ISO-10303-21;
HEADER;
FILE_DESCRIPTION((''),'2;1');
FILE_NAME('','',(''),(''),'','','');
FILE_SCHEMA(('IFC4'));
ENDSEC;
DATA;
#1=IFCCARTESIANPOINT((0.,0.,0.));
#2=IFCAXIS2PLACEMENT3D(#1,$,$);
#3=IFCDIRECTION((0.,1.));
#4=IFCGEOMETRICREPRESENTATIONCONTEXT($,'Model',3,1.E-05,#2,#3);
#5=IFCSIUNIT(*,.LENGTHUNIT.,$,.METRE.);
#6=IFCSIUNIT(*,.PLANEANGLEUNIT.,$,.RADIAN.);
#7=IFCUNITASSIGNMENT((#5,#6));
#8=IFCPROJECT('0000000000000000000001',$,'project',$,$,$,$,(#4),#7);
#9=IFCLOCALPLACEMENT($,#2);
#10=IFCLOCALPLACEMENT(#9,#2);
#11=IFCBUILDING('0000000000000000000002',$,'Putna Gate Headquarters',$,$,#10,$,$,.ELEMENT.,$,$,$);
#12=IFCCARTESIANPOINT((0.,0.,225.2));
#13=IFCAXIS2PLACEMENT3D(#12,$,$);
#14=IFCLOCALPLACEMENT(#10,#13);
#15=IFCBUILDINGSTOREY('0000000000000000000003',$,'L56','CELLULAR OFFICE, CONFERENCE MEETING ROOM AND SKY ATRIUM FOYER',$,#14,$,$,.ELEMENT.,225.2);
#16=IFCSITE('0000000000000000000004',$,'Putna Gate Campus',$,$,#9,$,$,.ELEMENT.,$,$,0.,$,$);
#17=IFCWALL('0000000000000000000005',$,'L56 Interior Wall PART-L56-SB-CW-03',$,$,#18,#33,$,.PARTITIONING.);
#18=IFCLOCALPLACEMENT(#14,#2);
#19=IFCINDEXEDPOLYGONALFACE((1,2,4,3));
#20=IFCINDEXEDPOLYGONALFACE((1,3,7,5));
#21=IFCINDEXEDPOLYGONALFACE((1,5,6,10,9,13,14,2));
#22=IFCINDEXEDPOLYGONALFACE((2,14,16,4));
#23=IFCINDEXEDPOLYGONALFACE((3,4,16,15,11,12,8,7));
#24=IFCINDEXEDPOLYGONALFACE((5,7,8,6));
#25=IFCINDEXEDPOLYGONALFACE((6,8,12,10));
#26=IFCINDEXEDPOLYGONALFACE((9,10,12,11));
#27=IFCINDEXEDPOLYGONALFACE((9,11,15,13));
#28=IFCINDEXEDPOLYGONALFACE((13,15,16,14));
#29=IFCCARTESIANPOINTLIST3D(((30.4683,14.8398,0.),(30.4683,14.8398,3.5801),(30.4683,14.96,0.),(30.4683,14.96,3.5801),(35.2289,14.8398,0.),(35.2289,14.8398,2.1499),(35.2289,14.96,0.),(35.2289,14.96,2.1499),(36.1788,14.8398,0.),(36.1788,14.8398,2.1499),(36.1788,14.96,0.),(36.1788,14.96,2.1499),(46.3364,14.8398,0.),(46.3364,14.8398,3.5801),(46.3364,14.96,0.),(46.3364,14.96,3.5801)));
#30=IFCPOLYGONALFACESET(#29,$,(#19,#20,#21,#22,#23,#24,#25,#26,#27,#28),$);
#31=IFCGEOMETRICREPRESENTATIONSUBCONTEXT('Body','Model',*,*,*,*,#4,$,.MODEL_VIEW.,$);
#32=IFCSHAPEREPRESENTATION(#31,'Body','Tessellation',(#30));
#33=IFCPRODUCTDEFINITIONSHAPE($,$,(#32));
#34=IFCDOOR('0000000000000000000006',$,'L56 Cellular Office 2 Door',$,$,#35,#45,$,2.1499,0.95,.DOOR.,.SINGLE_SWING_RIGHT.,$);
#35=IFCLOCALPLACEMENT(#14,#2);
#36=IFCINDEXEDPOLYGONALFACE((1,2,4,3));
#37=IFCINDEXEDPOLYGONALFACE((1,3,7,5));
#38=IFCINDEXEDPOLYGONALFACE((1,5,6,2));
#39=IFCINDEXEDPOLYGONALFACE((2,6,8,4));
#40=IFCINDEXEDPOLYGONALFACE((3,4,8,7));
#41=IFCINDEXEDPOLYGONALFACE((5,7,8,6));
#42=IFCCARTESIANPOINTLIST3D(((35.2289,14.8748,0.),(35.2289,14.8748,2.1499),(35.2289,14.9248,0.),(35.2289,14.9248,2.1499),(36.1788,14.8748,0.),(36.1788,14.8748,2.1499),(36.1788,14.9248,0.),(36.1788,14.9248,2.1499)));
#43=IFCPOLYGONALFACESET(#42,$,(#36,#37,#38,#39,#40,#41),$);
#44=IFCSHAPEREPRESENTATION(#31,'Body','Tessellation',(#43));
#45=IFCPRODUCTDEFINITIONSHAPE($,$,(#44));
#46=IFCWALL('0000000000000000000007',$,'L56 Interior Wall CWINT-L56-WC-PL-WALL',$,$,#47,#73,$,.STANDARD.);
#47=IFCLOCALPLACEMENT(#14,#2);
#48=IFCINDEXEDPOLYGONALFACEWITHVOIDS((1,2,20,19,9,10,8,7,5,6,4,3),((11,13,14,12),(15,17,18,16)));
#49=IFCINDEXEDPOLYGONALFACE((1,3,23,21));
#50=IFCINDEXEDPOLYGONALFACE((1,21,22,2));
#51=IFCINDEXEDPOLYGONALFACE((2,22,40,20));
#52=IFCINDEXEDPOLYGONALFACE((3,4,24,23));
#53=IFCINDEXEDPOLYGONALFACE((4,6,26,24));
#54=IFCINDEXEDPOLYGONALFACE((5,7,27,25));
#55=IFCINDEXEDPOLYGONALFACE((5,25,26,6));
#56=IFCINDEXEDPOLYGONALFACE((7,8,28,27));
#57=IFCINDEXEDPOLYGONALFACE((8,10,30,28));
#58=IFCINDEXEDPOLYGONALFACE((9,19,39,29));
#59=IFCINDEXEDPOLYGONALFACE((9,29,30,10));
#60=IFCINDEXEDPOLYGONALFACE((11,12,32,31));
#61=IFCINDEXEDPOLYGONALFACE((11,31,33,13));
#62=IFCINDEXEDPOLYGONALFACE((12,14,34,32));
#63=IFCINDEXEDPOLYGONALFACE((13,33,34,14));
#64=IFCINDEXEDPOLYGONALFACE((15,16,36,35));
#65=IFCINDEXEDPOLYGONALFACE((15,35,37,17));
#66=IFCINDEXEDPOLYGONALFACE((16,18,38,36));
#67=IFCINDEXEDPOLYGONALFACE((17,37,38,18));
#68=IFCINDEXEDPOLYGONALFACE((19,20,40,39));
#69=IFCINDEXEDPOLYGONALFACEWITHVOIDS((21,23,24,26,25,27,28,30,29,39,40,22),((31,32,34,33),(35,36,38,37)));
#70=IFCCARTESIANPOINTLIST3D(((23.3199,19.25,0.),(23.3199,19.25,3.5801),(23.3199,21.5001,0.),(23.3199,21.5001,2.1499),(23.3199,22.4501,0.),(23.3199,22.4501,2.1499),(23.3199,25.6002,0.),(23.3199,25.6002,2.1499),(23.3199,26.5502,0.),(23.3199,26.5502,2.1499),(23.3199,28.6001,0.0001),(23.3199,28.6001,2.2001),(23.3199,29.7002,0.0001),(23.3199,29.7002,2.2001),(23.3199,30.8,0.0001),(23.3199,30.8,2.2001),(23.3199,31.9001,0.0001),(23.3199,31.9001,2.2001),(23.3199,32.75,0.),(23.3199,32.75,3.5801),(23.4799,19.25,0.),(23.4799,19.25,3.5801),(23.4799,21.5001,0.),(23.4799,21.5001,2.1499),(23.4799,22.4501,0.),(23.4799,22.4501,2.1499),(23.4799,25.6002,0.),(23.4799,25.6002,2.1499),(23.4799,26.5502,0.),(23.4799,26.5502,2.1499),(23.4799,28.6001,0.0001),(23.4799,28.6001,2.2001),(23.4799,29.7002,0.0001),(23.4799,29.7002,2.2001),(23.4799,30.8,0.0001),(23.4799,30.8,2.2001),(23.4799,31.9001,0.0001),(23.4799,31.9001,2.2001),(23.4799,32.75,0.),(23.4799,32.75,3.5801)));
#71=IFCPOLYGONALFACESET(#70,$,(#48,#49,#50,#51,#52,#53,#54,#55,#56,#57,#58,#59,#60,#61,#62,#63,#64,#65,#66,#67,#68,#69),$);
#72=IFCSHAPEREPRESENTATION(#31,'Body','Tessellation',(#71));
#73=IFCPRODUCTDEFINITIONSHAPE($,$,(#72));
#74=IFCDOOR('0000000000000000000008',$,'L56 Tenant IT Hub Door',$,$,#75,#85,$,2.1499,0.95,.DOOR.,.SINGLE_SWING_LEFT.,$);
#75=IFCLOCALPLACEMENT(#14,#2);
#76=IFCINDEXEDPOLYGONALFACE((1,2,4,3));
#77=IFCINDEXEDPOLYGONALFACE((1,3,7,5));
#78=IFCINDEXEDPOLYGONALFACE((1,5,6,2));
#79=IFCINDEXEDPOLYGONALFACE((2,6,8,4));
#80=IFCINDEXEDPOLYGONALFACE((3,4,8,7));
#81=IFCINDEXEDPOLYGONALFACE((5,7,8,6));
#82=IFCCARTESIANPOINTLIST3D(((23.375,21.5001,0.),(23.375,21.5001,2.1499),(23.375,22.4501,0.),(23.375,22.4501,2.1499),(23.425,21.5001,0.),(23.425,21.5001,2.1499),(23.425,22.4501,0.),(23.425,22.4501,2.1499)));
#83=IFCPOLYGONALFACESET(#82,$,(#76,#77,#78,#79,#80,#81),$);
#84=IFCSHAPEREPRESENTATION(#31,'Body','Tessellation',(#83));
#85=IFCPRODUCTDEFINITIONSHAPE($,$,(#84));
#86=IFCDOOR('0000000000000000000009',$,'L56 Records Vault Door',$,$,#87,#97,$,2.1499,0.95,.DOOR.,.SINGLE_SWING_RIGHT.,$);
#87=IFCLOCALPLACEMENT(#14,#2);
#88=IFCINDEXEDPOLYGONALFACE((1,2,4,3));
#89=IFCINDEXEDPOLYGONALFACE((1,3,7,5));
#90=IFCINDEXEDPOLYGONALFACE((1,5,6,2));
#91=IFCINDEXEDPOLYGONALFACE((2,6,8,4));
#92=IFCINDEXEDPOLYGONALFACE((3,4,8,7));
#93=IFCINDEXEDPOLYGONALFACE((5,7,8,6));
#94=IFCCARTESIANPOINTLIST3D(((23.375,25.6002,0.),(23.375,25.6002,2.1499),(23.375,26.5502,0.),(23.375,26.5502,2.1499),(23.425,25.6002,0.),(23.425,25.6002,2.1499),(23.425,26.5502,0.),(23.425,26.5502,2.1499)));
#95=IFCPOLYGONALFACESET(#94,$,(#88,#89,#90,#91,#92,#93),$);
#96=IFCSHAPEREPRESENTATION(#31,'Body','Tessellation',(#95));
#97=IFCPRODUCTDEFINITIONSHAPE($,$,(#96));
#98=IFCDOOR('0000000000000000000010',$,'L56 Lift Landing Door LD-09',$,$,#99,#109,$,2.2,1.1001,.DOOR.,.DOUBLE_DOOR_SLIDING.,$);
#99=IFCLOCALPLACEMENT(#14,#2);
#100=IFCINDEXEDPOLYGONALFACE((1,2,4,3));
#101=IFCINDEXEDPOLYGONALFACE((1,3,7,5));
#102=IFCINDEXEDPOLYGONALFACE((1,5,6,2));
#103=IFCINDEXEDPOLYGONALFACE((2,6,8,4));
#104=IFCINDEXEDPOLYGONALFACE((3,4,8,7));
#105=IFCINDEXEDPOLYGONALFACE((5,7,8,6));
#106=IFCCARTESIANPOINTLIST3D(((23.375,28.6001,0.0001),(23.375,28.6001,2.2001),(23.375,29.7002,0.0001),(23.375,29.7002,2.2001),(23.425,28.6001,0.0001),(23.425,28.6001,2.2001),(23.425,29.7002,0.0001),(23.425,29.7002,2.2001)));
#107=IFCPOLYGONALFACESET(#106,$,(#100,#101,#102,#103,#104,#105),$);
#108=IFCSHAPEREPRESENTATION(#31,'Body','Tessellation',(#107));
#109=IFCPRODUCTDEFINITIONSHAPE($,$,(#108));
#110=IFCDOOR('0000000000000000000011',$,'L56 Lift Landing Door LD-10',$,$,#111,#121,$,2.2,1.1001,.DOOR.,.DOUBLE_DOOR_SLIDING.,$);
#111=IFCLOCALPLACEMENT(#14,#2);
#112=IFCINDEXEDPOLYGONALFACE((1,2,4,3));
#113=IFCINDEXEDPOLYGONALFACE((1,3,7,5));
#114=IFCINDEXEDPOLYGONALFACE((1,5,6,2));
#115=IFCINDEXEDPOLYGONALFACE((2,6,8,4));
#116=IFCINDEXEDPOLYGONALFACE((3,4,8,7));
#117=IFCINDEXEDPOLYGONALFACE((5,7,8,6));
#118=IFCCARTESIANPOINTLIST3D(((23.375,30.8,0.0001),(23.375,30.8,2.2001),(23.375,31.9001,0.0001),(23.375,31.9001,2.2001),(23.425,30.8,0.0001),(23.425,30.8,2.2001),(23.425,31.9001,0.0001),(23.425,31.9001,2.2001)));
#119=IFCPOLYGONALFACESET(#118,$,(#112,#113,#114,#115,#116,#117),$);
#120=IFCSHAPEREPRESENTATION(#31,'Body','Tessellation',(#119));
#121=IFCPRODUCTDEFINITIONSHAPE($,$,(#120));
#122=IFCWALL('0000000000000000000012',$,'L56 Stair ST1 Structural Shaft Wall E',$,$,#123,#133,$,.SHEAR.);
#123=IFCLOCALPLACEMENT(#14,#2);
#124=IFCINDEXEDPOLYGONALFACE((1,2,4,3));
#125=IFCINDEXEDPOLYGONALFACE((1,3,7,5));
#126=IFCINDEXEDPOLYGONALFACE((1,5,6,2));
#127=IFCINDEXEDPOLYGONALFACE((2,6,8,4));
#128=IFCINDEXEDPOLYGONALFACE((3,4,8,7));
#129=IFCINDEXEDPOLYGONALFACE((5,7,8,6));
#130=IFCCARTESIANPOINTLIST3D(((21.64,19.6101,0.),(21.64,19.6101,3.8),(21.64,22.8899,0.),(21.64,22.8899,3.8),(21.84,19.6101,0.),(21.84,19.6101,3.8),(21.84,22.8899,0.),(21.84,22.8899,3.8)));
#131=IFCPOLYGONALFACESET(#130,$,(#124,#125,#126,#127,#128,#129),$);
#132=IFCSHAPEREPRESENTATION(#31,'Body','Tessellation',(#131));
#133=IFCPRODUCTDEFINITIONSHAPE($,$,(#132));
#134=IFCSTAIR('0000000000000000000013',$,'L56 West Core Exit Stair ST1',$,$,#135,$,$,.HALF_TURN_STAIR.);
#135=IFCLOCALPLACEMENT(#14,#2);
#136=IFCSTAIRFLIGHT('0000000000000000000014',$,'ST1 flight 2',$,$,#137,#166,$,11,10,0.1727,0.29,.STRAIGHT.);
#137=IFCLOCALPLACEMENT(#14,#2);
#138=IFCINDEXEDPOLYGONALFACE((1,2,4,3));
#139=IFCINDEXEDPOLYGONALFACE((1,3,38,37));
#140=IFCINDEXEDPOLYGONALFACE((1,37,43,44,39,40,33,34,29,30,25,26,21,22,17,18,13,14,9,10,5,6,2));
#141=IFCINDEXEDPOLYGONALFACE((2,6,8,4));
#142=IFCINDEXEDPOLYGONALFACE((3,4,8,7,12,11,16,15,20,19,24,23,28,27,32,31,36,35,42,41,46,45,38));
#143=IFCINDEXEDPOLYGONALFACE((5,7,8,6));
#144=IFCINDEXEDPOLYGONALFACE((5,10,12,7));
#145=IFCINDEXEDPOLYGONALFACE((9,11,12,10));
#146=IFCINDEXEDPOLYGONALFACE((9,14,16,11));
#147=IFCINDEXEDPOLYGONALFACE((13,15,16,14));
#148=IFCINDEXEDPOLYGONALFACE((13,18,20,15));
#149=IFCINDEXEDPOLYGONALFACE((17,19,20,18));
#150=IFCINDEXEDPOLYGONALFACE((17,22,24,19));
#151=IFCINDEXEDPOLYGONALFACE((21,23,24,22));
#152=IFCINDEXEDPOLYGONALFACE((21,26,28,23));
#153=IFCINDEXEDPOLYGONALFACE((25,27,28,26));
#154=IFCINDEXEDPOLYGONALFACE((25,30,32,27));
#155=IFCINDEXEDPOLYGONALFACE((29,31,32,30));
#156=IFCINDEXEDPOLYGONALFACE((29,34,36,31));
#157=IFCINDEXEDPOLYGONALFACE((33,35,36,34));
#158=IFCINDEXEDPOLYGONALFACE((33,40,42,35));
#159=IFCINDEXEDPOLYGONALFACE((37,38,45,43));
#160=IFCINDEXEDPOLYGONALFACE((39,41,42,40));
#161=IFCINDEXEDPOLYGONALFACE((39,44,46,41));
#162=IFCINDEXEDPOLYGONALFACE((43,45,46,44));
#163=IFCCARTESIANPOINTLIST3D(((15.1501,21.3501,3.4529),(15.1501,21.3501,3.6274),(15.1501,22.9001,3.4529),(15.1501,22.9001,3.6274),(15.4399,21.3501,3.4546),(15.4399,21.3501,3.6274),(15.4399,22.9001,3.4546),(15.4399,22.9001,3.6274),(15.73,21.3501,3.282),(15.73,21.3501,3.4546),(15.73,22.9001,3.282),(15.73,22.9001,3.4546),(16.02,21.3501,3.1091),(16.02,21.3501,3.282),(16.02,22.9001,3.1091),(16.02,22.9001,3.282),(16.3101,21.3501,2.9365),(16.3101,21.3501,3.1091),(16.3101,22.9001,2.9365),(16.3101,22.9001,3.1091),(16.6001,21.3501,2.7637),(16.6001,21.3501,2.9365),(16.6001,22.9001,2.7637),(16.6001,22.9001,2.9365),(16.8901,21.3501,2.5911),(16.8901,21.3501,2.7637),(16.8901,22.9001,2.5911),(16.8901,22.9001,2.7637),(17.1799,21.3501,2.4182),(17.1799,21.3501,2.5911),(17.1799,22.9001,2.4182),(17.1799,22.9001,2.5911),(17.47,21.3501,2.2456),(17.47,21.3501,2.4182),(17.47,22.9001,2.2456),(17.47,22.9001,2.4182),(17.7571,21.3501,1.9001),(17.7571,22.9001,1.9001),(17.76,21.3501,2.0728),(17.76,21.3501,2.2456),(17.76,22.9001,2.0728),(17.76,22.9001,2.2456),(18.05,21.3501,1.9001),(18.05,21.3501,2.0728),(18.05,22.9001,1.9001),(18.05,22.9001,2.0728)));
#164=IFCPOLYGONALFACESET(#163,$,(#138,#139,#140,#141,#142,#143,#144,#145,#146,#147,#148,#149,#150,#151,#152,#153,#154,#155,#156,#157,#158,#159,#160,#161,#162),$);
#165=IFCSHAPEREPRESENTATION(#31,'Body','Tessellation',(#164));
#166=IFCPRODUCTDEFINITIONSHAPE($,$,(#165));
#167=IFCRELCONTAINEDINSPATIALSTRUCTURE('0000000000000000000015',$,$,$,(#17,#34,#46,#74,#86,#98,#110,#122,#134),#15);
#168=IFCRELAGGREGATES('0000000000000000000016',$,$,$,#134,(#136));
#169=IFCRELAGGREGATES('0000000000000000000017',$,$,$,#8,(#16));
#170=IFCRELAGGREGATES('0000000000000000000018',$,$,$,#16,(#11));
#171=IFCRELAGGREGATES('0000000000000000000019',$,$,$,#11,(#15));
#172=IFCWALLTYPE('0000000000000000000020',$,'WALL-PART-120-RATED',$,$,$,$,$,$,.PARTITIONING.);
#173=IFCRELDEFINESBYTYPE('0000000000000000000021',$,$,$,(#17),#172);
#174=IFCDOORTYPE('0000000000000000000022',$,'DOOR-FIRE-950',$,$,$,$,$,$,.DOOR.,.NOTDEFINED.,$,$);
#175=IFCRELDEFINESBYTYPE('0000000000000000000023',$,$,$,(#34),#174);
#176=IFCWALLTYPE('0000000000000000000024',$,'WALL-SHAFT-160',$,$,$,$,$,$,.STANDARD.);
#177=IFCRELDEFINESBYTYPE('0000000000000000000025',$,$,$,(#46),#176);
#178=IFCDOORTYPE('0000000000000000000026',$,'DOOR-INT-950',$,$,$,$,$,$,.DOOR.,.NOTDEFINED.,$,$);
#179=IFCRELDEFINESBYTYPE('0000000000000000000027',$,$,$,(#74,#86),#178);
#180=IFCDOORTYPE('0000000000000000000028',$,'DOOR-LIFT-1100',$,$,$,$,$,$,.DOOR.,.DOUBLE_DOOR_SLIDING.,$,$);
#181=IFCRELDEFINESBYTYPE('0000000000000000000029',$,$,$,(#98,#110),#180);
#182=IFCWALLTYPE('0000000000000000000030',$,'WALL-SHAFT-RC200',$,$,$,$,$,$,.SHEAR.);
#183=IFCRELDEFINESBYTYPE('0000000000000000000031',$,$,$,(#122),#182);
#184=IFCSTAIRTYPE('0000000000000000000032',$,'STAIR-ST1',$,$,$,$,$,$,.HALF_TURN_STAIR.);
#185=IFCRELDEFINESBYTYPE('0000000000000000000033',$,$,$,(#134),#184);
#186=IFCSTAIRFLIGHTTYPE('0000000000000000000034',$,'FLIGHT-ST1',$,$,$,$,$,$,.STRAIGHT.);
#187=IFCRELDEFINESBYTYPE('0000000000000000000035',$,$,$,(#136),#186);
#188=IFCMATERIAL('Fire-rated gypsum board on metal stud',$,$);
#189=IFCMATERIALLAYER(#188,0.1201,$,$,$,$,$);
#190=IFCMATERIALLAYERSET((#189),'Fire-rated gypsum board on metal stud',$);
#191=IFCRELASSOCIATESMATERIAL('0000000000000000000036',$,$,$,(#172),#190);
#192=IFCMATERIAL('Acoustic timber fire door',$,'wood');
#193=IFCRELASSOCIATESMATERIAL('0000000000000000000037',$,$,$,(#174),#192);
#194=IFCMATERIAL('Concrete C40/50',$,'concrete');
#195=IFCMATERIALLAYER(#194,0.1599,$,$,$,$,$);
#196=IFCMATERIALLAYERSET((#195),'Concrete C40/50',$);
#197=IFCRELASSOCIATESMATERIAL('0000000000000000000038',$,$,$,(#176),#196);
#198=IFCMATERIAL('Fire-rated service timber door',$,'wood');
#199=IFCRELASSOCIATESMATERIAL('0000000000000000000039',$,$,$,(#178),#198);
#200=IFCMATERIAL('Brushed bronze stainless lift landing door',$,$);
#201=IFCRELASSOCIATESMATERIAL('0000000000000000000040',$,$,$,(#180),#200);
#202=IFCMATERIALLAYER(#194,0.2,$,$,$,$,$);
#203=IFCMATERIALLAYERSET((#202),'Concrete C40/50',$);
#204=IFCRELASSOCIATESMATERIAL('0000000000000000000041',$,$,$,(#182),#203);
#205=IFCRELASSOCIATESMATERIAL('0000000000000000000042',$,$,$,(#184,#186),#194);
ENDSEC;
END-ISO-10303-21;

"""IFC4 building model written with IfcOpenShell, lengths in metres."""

from ifc_helpers import new_model, si_unit, direction, frame, frame_2d, origin, place, context, subcontext, project, spatial, polyline, rectangle, outline, extrude, material, layer, layer_set, type_object, element, fill, aggregate, save


model = new_model("IFC4")

# Units and contexts
model_context = context("Model", 3, precision=1e-05, world=origin(), true_north=direction((0.0, 1.0)))
body_context = subcontext(model_context, "Body", "Model", "MODEL_VIEW")
ifc_project = project(units=[si_unit("LENGTHUNIT", "METRE"), si_unit("PLANEANGLEUNIT", "RADIAN")], contexts=[model_context])

# Site, building, storey
site_placement = place(None, origin())
site = spatial("IfcSite", under=ifc_project, at=site_placement, Name="Putna Gate Campus", CompositionType="ELEMENT", RefElevation=0.0)
building_placement = place(site_placement, origin())
building = spatial("IfcBuilding", under=site, at=building_placement, Name="Putna Gate Headquarters", CompositionType="ELEMENT")
storey_placement = place(building_placement, frame((0.0, 0.0, 225.2)))
storey = spatial("IfcBuildingStorey", under=building, at=storey_placement, Name="L56", Description="CELLULAR OFFICE, CONFERENCE MEETING ROOM AND SKY ATRIUM FOYER", CompositionType="ELEMENT", Elevation=225.2)

# Wall, opening, door
ifc_material_1 = material(Name="Fire-rated gypsum board on metal stud")
ifc_layer_1 = layer(ifc_material_1, 0.1201)
ifc_layer_set_1 = layer_set([ifc_layer_1], Name="Fire-rated gypsum board on metal stud")
wall_type_1 = type_object("IfcWallType", Name="WALL-PART-120-RATED", PredefinedType="PARTITIONING", material=ifc_layer_set_1)
ifc_material_2 = material(Name="Acoustic timber fire door", Category="wood")
door_type_1 = type_object("IfcDoorType", Name="DOOR-FIRE-950", OperationType="NOTDEFINED", PredefinedType="DOOR", material=ifc_material_2)
wall_1_placement = place(storey_placement, frame((30.4683, 14.8999, 0.0), z_axis=(0.0, 0.0, 1.0), x_axis=(1.0, 0.0, 0.0)))
wall_1 = element("IfcWall", 1, at=wall_1_placement, inside=storey, type_object=wall_type_1, Name="L56 Interior Wall PART-L56-SB-CW-03", PredefinedType="PARTITIONING", context=body_context, shape_type="SweptSolid", body=[
    extrude(rectangle(XDim=15.8682, YDim=0.1201, at=frame_2d((7.9341, 0.0))), origin(), (0.0, 0.0, 1.0), 3.5801),
])
opening_1_placement = place(wall_1_placement, frame((4.7605, 0.0, 0.0)))
opening_1 = element("IfcOpeningElement", 2, at=opening_1_placement, cuts=wall_1, PredefinedType="OPENING", context=body_context, shape_type="SweptSolid", body=[
    extrude(rectangle(XDim=0.95, YDim=2.1499, at=frame_2d((0.4751, 1.075))), frame((0.0, 0.0701, 0.0), z_axis=(0.0, -1.0, 0.0), x_axis=(1.0, 0.0, 0.0)), (0.0, 0.0, 1.0), 0.1401),
])
door_1_placement = place(opening_1_placement, origin())
door_1 = element("IfcDoor", 3, at=door_1_placement, inside=storey, type_object=door_type_1, Name="L56 Cellular Office 2 Door", OperationType="SINGLE_SWING_RIGHT", OverallHeight=2.1499, OverallWidth=0.95, PredefinedType="DOOR", context=body_context, shape_type="SweptSolid", body=[
    extrude(rectangle(XDim=0.95, YDim=2.1499, at=frame_2d((0.4751, 1.075))), frame((0.0, 0.0249, 0.0), z_axis=(0.0, -1.0, 0.0), x_axis=(1.0, 0.0, 0.0)), (0.0, 0.0, 1.0), 0.05),
])
fill(opening_1, door_1)

# Wall, openings, doors
ifc_material_3 = material(Name="Concrete C40/50", Category="concrete")
ifc_layer_2 = layer(ifc_material_3, 0.1599)
ifc_layer_set_2 = layer_set([ifc_layer_2], Name="Concrete C40/50")
wall_type_2 = type_object("IfcWallType", Name="WALL-SHAFT-160", PredefinedType="STANDARD", material=ifc_layer_set_2)
wall_2_placement = place(storey_placement, frame((23.3999, 19.25, 0.0), z_axis=(0.0, 0.0, 1.0), x_axis=(0.0, 1.0, 0.0)))
wall_2 = element("IfcWall", 4, at=wall_2_placement, inside=storey, type_object=wall_type_2, Name="L56 Interior Wall CWINT-L56-WC-PL-WALL", PredefinedType="STANDARD", context=body_context, shape_type="SweptSolid", body=[
    extrude(rectangle(XDim=13.5, YDim=0.1599, at=frame_2d((6.75, 0.0))), origin(), (0.0, 0.0, 1.0), 3.5801),
])
opening_2_placement = place(wall_2_placement, frame((2.25, 0.0, 0.0)))
opening_2 = element("IfcOpeningElement", 5, at=opening_2_placement, cuts=wall_2, PredefinedType="OPENING", context=body_context, shape_type="SweptSolid", body=[
    extrude(rectangle(XDim=0.95, YDim=2.1499, at=frame_2d((0.4751, 1.075))), frame((0.0, 0.0898, 0.0), z_axis=(0.0, -1.0, 0.0), x_axis=(1.0, 0.0, 0.0)), (0.0, 0.0, 1.0), 0.1799),
])
opening_3_placement = place(wall_2_placement, frame((6.3501, 0.0, 0.0)))
opening_3 = element("IfcOpeningElement", 6, at=opening_3_placement, cuts=wall_2, PredefinedType="OPENING", context=body_context, shape_type="SweptSolid", body=[
    extrude(rectangle(XDim=0.95, YDim=2.1499, at=frame_2d((0.4751, 1.075))), frame((0.0, 0.0898, 0.0), z_axis=(0.0, -1.0, 0.0), x_axis=(1.0, 0.0, 0.0)), (0.0, 0.0, 1.0), 0.1799),
])
opening_4_placement = place(wall_2_placement, frame((9.3501, 0.0, 0.0)))
opening_4 = element("IfcOpeningElement", 7, at=opening_4_placement, cuts=wall_2, PredefinedType="OPENING", context=body_context, shape_type="SweptSolid", body=[
    extrude(rectangle(XDim=1.1001, YDim=2.2, at=frame_2d((0.55, 1.1001))), frame((0.0, 0.0898, 0.0), z_axis=(0.0, -1.0, 0.0), x_axis=(1.0, 0.0, 0.0)), (0.0, 0.0, 1.0), 0.1799),
])
opening_5_placement = place(wall_2_placement, frame((11.55, 0.0, 0.0)))
opening_5 = element("IfcOpeningElement", 8, at=opening_5_placement, cuts=wall_2, PredefinedType="OPENING", context=body_context, shape_type="SweptSolid", body=[
    extrude(rectangle(XDim=1.1001, YDim=2.2, at=frame_2d((0.55, 1.1001))), frame((0.0, 0.0898, 0.0), z_axis=(0.0, -1.0, 0.0), x_axis=(1.0, 0.0, 0.0)), (0.0, 0.0, 1.0), 0.1799),
])
ifc_material_4 = material(Name="Fire-rated service timber door", Category="wood")
door_type_2 = type_object("IfcDoorType", Name="DOOR-INT-950", OperationType="NOTDEFINED", PredefinedType="DOOR", material=ifc_material_4)
door_2_placement = place(opening_2_placement, origin())
door_2 = element("IfcDoor", 9, at=door_2_placement, inside=storey, type_object=door_type_2, Name="L56 Tenant IT Hub Door", OperationType="SINGLE_SWING_LEFT", OverallHeight=2.1499, OverallWidth=0.95, PredefinedType="DOOR", context=body_context, shape_type="SweptSolid", body=[
    extrude(rectangle(XDim=0.95, YDim=2.1499, at=frame_2d((0.4751, 1.075))), frame((0.0, 0.0249, 0.0), z_axis=(0.0, -1.0, 0.0), x_axis=(1.0, 0.0, 0.0)), (0.0, 0.0, 1.0), 0.05),
])
fill(opening_2, door_2)
door_3_placement = place(opening_3_placement, origin())
door_3 = element("IfcDoor", 10, at=door_3_placement, inside=storey, type_object=door_type_2, Name="L56 Records Vault Door", OperationType="SINGLE_SWING_RIGHT", OverallHeight=2.1499, OverallWidth=0.95, PredefinedType="DOOR", context=body_context, shape_type="SweptSolid", body=[
    extrude(rectangle(XDim=0.95, YDim=2.1499, at=frame_2d((0.4751, 1.075))), frame((0.0, 0.0249, 0.0), z_axis=(0.0, -1.0, 0.0), x_axis=(1.0, 0.0, 0.0)), (0.0, 0.0, 1.0), 0.05),
])
fill(opening_3, door_3)
ifc_material_5 = material(Name="Brushed bronze stainless lift landing door")
door_type_3 = type_object("IfcDoorType", Name="DOOR-LIFT-1100", OperationType="DOUBLE_DOOR_SLIDING", PredefinedType="DOOR", material=ifc_material_5)
door_4_placement = place(opening_4_placement, origin())
door_4 = element("IfcDoor", 11, at=door_4_placement, inside=storey, type_object=door_type_3, Name="L56 Lift Landing Door LD-09", OperationType="DOUBLE_DOOR_SLIDING", OverallHeight=2.2, OverallWidth=1.1001, PredefinedType="DOOR", context=body_context, shape_type="SweptSolid", body=[
    extrude(rectangle(XDim=1.1001, YDim=2.2, at=frame_2d((0.55, 1.1001))), frame((0.0, 0.0249, 0.0), z_axis=(0.0, -1.0, 0.0), x_axis=(1.0, 0.0, 0.0)), (0.0, 0.0, 1.0), 0.05),
])
fill(opening_4, door_4)
door_5_placement = place(opening_5_placement, origin())
door_5 = element("IfcDoor", 12, at=door_5_placement, inside=storey, type_object=door_type_3, Name="L56 Lift Landing Door LD-10", OperationType="DOUBLE_DOOR_SLIDING", OverallHeight=2.2, OverallWidth=1.1001, PredefinedType="DOOR", context=body_context, shape_type="SweptSolid", body=[
    extrude(rectangle(XDim=1.1001, YDim=2.2, at=frame_2d((0.55, 1.1001))), frame((0.0, 0.0249, 0.0), z_axis=(0.0, -1.0, 0.0), x_axis=(1.0, 0.0, 0.0)), (0.0, 0.0, 1.0), 0.05),
])
fill(opening_5, door_5)

# Wall
ifc_layer_3 = layer(ifc_material_3, 0.2)
ifc_layer_set_3 = layer_set([ifc_layer_3], Name="Concrete C40/50")
wall_type_3 = type_object("IfcWallType", Name="WALL-SHAFT-RC200", PredefinedType="SHEAR", material=ifc_layer_set_3)
wall_3_placement = place(storey_placement, frame((21.74, 19.6101, 0.0), z_axis=(0.0, 0.0, 1.0), x_axis=(0.0, 1.0, 0.0)))
element("IfcWall", 13, at=wall_3_placement, inside=storey, type_object=wall_type_3, Name="L56 Stair ST1 Structural Shaft Wall E", PredefinedType="SHEAR", context=body_context, shape_type="SweptSolid", body=[
    extrude(rectangle(XDim=3.2798, YDim=0.2, at=frame_2d((1.6399, 0.0))), origin(), (0.0, 0.0, 1.0), 3.8),
])

# Stair, stair flight
stair_type = type_object("IfcStairType", Name="STAIR-ST1", PredefinedType="HALF_TURN_STAIR", material=ifc_material_3)
stair_placement = place(storey_placement, origin())
stair = element("IfcStair", 14, at=stair_placement, inside=storey, type_object=stair_type, Name="L56 West Core Exit Stair ST1", PredefinedType="HALF_TURN_STAIR")
stair_flight_type = type_object("IfcStairFlightType", Name="FLIGHT-ST1", PredefinedType="STRAIGHT", material=ifc_material_3)
stair_flight_placement = place(storey_placement, frame((18.05, 22.125, 1.9001), z_axis=(0.0, 0.0, 1.0), x_axis=(-1.0, 0.0, 0.0)))
stair_flight = element("IfcStairFlight", 15, at=stair_flight_placement, type_object=stair_flight_type, Name="ST1 flight 2", NumberOfRisers=11, NumberOfTreads=10, PredefinedType="STRAIGHT", RiserHeight=0.1727, TreadLength=0.29, context=body_context, shape_type="SweptSolid", body=[
    extrude(outline(polyline([(0.0, 0.0), (0.0, 0.1726), (0.29, 0.1726), (0.29, 0.3455), (0.5801, 0.3455), (0.5801, 0.5181), (0.8701, 0.5181), (0.8701, 0.6909), (1.1599, 0.6909), (1.1599, 0.8635), (1.45, 0.8635), (1.45, 1.0364), (1.74, 1.0364), (1.74, 1.209), (2.03, 1.209), (2.03, 1.3818), (2.3201, 1.3818), (2.3201, 1.5544), (2.6101, 1.5544), (2.6101, 1.7273), (2.8999, 1.7273), (2.8999, 1.8999), (2.8999, 1.5527), (0.293, 0.0), (0.0, 0.0)])), frame((0.0, 0.7749, 0.0), z_axis=(0.0, -1.0, 0.0), x_axis=(1.0, 0.0, 0.0)), (0.0, 0.0, 1.0), 1.55),
])
aggregate(stair, [stair_flight])

save(model, "model.ifc")
